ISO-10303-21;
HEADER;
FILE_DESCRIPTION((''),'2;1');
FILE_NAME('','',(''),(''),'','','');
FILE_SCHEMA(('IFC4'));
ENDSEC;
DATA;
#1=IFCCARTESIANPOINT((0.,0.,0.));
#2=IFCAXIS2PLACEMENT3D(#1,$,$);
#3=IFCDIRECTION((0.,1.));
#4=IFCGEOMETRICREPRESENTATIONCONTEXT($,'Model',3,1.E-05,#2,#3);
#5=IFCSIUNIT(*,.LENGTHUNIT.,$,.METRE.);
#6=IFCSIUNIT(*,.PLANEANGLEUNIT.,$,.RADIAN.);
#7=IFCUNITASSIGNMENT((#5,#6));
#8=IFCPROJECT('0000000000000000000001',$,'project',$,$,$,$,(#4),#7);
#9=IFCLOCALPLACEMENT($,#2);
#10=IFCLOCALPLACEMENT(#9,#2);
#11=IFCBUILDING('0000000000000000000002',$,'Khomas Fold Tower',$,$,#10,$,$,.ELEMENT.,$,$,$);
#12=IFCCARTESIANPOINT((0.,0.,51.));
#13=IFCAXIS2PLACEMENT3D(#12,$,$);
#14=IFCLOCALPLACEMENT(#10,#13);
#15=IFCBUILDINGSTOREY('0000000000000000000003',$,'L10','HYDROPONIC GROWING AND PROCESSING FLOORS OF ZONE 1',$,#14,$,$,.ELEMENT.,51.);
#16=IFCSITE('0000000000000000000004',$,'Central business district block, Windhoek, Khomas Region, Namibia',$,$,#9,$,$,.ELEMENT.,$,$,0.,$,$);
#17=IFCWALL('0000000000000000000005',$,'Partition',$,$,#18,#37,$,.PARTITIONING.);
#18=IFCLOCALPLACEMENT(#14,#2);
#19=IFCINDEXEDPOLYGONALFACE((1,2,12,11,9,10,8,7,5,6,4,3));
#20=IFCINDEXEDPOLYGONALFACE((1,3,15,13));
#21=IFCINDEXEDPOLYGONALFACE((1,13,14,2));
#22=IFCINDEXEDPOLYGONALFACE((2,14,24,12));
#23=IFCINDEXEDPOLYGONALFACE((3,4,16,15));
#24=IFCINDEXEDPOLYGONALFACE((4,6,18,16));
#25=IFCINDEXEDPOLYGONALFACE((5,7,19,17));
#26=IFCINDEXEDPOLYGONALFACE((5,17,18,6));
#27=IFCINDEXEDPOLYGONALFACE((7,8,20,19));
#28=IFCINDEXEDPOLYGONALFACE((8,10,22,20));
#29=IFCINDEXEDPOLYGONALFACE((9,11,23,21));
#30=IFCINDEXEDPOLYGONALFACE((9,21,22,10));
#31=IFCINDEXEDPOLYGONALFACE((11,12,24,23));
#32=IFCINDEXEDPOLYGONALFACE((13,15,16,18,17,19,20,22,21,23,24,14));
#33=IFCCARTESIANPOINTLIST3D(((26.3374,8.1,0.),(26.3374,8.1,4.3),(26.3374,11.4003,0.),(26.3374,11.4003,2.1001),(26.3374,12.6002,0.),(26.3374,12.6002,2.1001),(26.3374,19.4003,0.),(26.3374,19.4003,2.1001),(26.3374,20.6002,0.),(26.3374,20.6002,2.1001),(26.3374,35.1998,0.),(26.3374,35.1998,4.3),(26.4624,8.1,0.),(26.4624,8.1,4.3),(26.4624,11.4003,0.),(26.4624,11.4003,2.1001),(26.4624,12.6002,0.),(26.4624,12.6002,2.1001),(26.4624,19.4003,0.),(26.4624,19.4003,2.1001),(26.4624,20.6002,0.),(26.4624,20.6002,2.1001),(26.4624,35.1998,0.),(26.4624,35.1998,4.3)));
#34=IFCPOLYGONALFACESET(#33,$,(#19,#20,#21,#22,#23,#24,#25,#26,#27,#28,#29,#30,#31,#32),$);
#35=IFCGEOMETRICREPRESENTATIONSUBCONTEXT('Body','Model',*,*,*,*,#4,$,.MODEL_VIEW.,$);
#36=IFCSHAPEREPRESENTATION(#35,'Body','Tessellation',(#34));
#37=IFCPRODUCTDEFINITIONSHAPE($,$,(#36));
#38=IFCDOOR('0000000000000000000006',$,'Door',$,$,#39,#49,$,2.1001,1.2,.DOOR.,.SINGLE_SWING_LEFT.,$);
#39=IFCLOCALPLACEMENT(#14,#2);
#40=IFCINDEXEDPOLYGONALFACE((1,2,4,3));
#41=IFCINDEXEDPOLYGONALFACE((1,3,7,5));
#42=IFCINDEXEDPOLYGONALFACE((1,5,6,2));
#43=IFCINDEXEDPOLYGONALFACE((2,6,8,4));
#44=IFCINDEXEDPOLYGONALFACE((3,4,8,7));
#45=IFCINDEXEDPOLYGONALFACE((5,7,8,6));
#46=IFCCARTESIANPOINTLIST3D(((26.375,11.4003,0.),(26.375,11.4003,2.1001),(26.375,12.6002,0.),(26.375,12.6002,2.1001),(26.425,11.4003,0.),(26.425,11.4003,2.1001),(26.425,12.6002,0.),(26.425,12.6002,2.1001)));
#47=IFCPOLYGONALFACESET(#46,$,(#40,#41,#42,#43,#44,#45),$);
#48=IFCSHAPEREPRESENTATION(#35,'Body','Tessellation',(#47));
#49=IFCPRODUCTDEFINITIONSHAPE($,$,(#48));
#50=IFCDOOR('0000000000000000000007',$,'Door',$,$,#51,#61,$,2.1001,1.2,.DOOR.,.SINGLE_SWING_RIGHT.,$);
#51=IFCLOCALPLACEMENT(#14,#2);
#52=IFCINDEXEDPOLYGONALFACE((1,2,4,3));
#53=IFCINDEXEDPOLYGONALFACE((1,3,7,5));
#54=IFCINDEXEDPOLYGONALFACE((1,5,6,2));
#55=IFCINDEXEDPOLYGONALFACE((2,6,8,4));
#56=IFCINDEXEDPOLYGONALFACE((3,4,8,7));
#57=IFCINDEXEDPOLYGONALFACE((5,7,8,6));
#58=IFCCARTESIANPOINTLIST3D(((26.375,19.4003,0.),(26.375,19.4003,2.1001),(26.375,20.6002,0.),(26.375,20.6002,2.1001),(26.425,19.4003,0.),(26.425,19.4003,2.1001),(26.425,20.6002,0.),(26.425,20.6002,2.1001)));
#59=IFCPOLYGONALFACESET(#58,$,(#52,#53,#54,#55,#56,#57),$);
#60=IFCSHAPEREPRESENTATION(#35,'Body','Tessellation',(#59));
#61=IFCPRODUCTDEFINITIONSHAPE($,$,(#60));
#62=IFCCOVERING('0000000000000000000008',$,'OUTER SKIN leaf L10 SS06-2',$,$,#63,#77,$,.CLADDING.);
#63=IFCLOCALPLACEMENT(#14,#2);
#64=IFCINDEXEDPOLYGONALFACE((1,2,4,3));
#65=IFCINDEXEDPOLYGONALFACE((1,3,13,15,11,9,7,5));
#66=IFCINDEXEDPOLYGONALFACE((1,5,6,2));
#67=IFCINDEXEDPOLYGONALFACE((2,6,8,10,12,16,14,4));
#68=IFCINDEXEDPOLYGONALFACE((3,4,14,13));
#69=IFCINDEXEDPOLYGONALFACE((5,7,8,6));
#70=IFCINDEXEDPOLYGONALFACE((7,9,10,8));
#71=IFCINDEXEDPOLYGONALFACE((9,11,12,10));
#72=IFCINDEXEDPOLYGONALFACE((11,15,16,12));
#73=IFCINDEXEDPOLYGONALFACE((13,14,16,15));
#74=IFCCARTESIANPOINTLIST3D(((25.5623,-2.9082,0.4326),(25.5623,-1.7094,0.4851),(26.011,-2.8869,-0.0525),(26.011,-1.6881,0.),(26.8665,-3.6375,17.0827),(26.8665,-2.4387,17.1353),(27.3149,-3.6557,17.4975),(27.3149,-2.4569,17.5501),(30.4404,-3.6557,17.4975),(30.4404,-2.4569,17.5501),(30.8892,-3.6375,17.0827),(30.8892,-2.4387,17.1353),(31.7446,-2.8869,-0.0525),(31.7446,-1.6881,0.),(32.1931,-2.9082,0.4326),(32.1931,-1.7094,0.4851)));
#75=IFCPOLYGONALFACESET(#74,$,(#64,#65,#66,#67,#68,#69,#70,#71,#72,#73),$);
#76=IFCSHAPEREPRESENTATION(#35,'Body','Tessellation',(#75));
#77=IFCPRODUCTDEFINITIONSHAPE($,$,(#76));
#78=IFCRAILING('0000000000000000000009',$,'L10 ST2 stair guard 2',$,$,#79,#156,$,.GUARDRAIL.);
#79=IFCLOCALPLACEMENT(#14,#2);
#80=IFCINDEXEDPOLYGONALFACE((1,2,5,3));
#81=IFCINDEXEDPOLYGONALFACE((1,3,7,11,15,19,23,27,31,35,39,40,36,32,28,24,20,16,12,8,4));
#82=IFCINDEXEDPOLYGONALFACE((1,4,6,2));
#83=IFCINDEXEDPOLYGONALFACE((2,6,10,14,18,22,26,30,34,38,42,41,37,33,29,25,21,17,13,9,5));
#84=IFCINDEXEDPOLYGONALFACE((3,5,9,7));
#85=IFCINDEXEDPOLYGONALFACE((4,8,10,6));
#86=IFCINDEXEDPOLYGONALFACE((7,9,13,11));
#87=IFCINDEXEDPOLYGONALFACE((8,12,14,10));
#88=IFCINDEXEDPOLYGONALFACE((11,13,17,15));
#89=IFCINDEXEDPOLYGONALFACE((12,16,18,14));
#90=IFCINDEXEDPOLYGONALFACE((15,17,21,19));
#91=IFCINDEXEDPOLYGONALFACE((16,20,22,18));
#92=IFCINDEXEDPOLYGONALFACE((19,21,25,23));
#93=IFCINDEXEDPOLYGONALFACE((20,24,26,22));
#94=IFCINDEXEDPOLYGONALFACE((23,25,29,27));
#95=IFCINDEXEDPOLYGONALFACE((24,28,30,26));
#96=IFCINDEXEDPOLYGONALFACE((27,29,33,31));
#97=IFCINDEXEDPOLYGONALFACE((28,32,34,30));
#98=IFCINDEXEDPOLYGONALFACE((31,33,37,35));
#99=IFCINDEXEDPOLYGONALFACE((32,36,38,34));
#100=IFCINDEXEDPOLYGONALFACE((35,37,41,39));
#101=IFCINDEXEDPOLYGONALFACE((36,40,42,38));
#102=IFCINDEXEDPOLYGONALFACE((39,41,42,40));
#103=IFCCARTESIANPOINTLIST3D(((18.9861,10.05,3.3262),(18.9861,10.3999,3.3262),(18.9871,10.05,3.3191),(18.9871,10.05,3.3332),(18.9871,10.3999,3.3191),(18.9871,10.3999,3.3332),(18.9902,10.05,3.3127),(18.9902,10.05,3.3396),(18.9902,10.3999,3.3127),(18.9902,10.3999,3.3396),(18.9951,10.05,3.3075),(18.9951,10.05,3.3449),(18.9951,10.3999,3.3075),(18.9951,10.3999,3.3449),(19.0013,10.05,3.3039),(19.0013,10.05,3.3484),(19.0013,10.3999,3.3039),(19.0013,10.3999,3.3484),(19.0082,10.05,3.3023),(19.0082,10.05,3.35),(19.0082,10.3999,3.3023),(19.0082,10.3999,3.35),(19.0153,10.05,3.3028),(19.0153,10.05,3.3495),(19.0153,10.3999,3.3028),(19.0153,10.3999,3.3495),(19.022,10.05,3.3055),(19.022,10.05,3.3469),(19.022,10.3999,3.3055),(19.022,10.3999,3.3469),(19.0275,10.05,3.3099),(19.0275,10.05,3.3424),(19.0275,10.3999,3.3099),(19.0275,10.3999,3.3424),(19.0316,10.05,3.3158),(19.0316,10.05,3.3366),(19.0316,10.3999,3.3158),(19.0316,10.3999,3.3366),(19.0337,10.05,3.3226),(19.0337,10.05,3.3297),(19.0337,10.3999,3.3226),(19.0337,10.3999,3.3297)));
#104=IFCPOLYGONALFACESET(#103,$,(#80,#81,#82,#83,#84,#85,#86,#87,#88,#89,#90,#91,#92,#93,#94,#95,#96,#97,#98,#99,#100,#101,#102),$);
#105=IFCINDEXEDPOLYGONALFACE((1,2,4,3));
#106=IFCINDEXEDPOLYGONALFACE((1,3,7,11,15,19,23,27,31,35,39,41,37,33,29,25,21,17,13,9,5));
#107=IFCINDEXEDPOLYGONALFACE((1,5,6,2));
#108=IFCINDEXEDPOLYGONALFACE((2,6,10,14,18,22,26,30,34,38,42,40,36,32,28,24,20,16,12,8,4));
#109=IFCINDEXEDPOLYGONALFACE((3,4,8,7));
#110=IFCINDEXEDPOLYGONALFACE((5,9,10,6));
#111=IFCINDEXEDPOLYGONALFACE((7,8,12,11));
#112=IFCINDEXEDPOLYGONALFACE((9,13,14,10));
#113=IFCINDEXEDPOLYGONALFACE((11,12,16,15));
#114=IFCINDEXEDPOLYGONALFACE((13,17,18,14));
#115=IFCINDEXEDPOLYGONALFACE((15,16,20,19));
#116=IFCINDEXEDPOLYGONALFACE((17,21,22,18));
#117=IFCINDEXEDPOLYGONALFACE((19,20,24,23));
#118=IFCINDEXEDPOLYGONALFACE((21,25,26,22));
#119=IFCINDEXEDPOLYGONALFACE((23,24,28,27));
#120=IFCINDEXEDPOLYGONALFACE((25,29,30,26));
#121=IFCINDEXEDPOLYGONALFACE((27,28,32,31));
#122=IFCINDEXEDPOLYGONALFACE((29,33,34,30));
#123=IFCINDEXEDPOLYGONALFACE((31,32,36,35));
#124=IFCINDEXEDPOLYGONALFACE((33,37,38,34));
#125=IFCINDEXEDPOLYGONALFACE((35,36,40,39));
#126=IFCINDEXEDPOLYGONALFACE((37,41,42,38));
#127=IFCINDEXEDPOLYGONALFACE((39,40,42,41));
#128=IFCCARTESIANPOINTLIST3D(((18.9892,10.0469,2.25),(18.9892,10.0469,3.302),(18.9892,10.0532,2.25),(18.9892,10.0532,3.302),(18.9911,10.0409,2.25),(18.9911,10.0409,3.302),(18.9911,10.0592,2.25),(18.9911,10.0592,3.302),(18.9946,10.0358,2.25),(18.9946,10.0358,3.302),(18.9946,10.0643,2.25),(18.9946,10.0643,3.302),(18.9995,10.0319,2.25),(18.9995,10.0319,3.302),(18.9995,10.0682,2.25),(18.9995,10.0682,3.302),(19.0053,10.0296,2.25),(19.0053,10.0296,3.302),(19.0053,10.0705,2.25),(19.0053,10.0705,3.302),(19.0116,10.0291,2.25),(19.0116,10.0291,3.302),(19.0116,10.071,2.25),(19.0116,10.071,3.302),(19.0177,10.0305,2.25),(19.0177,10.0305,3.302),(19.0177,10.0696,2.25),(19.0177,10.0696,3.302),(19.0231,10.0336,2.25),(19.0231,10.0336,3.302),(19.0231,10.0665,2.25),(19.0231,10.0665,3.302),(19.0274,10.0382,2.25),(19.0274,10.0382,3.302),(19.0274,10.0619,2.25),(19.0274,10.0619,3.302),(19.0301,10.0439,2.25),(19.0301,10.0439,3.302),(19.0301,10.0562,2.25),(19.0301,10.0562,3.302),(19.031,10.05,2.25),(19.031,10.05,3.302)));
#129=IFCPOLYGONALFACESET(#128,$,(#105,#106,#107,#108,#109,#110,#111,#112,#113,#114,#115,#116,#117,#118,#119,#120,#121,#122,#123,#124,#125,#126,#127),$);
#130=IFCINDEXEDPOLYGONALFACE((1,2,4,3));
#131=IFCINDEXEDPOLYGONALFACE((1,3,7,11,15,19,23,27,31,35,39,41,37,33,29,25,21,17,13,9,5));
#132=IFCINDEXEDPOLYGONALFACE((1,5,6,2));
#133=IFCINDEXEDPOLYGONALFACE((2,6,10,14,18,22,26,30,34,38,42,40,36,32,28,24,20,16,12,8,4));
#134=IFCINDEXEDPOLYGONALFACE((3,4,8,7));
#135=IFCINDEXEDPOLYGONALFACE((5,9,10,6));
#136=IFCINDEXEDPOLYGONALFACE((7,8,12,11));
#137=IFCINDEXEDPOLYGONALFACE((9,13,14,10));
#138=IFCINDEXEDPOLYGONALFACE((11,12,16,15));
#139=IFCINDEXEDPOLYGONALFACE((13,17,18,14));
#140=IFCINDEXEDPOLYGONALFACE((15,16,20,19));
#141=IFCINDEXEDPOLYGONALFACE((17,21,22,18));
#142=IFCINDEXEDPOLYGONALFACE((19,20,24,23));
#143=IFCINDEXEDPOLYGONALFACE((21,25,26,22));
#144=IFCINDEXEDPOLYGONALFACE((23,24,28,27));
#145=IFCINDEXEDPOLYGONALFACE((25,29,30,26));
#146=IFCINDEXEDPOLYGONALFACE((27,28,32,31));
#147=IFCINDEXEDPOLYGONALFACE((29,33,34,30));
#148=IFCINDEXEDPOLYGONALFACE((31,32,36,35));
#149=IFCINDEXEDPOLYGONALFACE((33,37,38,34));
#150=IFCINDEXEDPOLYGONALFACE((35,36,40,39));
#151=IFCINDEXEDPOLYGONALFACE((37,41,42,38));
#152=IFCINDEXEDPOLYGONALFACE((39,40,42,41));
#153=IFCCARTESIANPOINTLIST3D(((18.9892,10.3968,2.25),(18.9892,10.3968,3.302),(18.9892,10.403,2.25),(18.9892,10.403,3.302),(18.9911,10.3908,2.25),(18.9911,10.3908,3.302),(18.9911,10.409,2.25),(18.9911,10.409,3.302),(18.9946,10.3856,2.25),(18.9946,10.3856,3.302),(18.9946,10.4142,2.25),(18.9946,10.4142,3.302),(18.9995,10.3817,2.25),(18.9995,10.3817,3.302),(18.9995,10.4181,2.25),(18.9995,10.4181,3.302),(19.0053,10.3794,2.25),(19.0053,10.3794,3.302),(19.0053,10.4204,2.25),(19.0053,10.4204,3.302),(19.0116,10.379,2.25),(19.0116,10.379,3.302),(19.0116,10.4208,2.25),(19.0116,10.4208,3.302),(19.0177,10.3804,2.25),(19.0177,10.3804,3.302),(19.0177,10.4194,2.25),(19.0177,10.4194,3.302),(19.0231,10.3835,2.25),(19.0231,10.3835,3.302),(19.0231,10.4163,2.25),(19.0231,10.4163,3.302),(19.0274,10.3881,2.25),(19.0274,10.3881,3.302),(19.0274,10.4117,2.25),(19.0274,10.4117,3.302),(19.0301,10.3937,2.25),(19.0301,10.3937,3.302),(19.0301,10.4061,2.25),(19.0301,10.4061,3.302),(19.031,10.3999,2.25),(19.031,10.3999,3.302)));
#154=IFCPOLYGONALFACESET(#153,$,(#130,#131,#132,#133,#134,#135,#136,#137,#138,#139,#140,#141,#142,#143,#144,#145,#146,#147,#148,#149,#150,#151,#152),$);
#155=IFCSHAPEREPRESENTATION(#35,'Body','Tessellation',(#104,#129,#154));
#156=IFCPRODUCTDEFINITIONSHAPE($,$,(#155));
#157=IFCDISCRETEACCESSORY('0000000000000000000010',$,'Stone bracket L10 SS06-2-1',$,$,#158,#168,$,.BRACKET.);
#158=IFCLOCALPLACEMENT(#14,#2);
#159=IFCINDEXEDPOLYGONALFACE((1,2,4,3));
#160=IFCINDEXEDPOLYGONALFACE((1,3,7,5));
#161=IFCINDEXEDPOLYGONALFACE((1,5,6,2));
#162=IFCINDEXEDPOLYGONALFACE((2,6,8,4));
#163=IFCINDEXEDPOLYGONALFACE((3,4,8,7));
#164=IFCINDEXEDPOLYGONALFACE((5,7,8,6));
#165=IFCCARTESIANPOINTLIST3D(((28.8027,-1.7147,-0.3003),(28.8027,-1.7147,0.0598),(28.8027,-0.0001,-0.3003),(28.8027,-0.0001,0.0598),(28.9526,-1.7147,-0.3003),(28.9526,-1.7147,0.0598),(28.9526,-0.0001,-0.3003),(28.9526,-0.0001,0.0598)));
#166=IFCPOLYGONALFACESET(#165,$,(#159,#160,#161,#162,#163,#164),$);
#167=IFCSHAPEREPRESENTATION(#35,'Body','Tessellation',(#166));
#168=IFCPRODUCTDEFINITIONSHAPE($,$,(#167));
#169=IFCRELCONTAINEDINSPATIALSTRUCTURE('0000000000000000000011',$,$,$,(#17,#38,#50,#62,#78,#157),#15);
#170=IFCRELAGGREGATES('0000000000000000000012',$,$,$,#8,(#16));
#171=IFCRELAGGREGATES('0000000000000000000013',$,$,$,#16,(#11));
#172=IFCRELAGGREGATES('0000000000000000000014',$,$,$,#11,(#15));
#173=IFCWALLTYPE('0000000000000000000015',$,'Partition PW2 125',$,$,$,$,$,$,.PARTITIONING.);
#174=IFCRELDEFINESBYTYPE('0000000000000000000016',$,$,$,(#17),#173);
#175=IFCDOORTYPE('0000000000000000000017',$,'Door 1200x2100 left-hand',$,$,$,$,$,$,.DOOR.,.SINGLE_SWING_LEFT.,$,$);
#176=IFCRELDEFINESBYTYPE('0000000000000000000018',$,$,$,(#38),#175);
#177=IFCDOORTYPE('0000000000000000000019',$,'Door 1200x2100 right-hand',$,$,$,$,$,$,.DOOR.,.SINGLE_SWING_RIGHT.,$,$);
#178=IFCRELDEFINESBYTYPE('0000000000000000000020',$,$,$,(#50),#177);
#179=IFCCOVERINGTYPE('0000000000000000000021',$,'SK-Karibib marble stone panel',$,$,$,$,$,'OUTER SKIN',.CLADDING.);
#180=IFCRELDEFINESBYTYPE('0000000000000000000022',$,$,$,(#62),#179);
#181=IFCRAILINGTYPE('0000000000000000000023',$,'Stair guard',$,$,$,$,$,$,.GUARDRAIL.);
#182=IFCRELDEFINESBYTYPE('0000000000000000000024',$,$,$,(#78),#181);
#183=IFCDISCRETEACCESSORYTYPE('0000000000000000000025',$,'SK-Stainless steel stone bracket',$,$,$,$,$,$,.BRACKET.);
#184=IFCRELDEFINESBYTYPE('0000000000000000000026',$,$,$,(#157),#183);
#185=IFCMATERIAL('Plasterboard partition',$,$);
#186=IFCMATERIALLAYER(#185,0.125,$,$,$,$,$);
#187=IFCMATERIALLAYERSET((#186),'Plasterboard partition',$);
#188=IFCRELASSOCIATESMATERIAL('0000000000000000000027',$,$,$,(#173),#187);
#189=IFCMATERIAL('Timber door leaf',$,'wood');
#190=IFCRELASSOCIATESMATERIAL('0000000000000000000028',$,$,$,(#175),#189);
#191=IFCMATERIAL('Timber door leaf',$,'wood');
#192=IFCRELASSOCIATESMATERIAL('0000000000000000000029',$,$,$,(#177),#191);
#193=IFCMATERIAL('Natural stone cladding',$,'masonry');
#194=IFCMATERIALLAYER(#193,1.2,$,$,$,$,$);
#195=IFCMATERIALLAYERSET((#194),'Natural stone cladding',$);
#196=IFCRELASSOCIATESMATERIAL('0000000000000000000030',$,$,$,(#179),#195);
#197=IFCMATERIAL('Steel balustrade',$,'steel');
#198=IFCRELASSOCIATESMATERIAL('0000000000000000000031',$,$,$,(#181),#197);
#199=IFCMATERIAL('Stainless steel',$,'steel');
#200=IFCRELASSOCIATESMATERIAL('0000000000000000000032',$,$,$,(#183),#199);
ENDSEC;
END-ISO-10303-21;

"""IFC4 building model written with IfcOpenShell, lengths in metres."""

from ifc_helpers import new_model, si_unit, direction, frame, frame_2d, origin, origin_2d, place, context, subcontext, project, spatial, polyline, rectangle, circle, outline, extrude, source, transform, mapped, material, layer, layer_set, type_object, element, fill, save


model = new_model("IFC4")

# Units and contexts
model_context = context("Model", 3, precision=1e-05, world=origin(), true_north=direction((0.0, 1.0)))
body_context = subcontext(model_context, "Body", "Model", "MODEL_VIEW")
ifc_project = project(units=[si_unit("LENGTHUNIT", "METRE"), si_unit("PLANEANGLEUNIT", "RADIAN")], contexts=[model_context])

# Site, building, storey
site_placement = place(None, origin())
site = spatial("IfcSite", under=ifc_project, at=site_placement, Name="Central business district block, Windhoek, Khomas Region, Namibia", CompositionType="ELEMENT", RefElevation=0.0)
building_placement = place(site_placement, origin())
building = spatial("IfcBuilding", under=site, at=building_placement, Name="Khomas Fold Tower", CompositionType="ELEMENT")
storey_placement = place(building_placement, frame((0.0, 0.0, 51.0)))
storey = spatial("IfcBuildingStorey", under=building, at=storey_placement, Name="L10", Description="HYDROPONIC GROWING AND PROCESSING FLOORS OF ZONE 1", CompositionType="ELEMENT", Elevation=51.0)

# Shared definitions
shared_shape_1 = source(origin(), body_context, "Body", "SweptSolid", [
    extrude(rectangle(XDim=1.2, YDim=2.1001, at=frame_2d((0.6001, 1.05))), frame((0.0, 0.0249, 0.0), z_axis=(0.0, -1.0, 0.0), x_axis=(1.0, 0.0, 0.0)), (0.0, 0.0, 1.0), 0.05),
])

# Wall, openings, doors
ifc_material_1 = material(Name="Plasterboard partition")
ifc_layer_1 = layer(ifc_material_1, 0.125)
ifc_layer_set_1 = layer_set([ifc_layer_1], Name="Plasterboard partition")
wall_type_1 = type_object("IfcWallType", Name="Partition PW2 125", PredefinedType="PARTITIONING", material=ifc_layer_set_1)
shared_shape_2 = source(origin(), body_context, "Body", "SweptSolid", [
    extrude(rectangle(XDim=27.0999, YDim=0.125, at=frame_2d((13.5498, 0.0))), origin(), (0.0, 0.0, 1.0), 4.3),
])
wall_1_placement = place(storey_placement, frame((26.3999, 8.1001, 0.0), z_axis=(0.0, 0.0, 1.0), x_axis=(0.0, 1.0, 0.0)))
wall_1 = element("IfcWall", 1, at=wall_1_placement, inside=storey, type_object=wall_type_1, Name="Partition", PredefinedType="PARTITIONING", context=body_context, shape_type="MappedRepresentation", body=[
    mapped(shared_shape_2, transform((0.0, 0.0, 0.0))),
])
shared_shape_3 = source(origin(), body_context, "Body", "SweptSolid", [
    extrude(rectangle(XDim=1.2, YDim=2.1001, at=frame_2d((0.6001, 1.05))), frame((0.0, 0.0725, 0.0), z_axis=(0.0, -1.0, 0.0), x_axis=(1.0, 0.0, 0.0)), (0.0, 0.0, 1.0), 0.145),
])
opening_1_placement = place(wall_1_placement, frame((3.3, 0.0, 0.0)))
opening_1 = element("IfcOpeningElement", 2, at=opening_1_placement, cuts=wall_1, PredefinedType="OPENING", context=body_context, shape_type="MappedRepresentation", body=[
    mapped(shared_shape_3, transform((0.0, 0.0, 0.0))),
])
opening_2_placement = place(wall_1_placement, frame((11.3, 0.0, 0.0)))
opening_2 = element("IfcOpeningElement", 3, at=opening_2_placement, cuts=wall_1, PredefinedType="OPENING", context=body_context, shape_type="MappedRepresentation", body=[
    mapped(shared_shape_3, transform((0.0, 0.0, 0.0))),
])
ifc_material_2 = material(Name="Timber door leaf", Category="wood")
door_type_1 = type_object("IfcDoorType", Name="Door 1200x2100 left-hand", OperationType="SINGLE_SWING_LEFT", PredefinedType="DOOR", material=ifc_material_2)
door_1_placement = place(opening_1_placement, origin())
door_1 = element("IfcDoor", 4, at=door_1_placement, inside=storey, type_object=door_type_1, Name="Door", OperationType="SINGLE_SWING_LEFT", OverallHeight=2.1001, OverallWidth=1.2, PredefinedType="DOOR", context=body_context, shape_type="MappedRepresentation", body=[
    mapped(shared_shape_1, transform((0.0, 0.0, 0.0))),
])
fill(opening_1, door_1)
ifc_material_3 = material(Name="Timber door leaf", Category="wood")
door_type_2 = type_object("IfcDoorType", Name="Door 1200x2100 right-hand", OperationType="SINGLE_SWING_RIGHT", PredefinedType="DOOR", material=ifc_material_3)
door_2_placement = place(opening_2_placement, origin())
door_2 = element("IfcDoor", 5, at=door_2_placement, inside=storey, type_object=door_type_2, Name="Door", OperationType="SINGLE_SWING_RIGHT", OverallHeight=2.1001, OverallWidth=1.2, PredefinedType="DOOR", context=body_context, shape_type="MappedRepresentation", body=[
    mapped(shared_shape_1, transform((0.0, 0.0, 0.0))),
])
fill(opening_2, door_2)

# Covering
ifc_material_4 = material(Name="Natural stone cladding", Category="masonry")
ifc_layer_2 = layer(ifc_material_4, 1.2)
ifc_layer_set_2 = layer_set([ifc_layer_2], Name="Natural stone cladding")
covering_type = type_object("IfcCoveringType", Name="SK-Karibib marble stone panel", ElementType="OUTER SKIN", PredefinedType="CLADDING", material=ifc_layer_set_2)
covering_placement = place(storey_placement, frame((30.8892, -2.4387, 17.1353), z_axis=(0.0, 0.999042, 0.043761), x_axis=(0.078002, 0.043628, -0.995998)))
element("IfcCovering", 6, at=covering_placement, inside=storey, type_object=covering_type, Name="OUTER SKIN leaf L10 SS06-2", PredefinedType="CLADDING", context=body_context, shape_type="SweptSolid", body=[
    extrude(outline(polyline([(0.0, 0.0), (16.717, 0.0), (17.1662, 0.485), (16.7189, 6.2012), (16.1998, 6.6107), (-0.3138, 4.0104), (-0.6927, 3.5309), (-0.4489, 0.415), (0.0, 0.0)])), origin(), (0.0, 0.0, -1.0), 1.2),
])

# Railing
ifc_material_5 = material(Name="Steel balustrade", Category="steel")
railing_type = type_object("IfcRailingType", Name="Stair guard", PredefinedType="GUARDRAIL", material=ifc_material_5)
shared_shape_4 = source(origin(), body_context, "Body", "SweptSolid", [
    extrude(circle(Radius=0.0239, at=origin_2d()), frame((0.0, 0.0, 1.0762), z_axis=(0.0, 1.0, 0.0), x_axis=(-1.0, 0.0, 0.0)), (0.0, 0.0, 1.0), 0.3499),
    extrude(circle(Radius=0.021, at=origin_2d()), origin(), (0.0, 0.0, 1.0), 1.052),
    extrude(circle(Radius=0.021, at=origin_2d()), frame((0.0, 0.3499, 0.0)), (0.0, 0.0, 1.0), 1.052),
])
railing_placement = place(storey_placement, frame((19.01, 10.05, 2.25)))
element("IfcRailing", 7, at=railing_placement, inside=storey, type_object=railing_type, Name="L10 ST2 stair guard 2", PredefinedType="GUARDRAIL", context=body_context, shape_type="MappedRepresentation", body=[
    mapped(shared_shape_4, transform((0.0, 0.0, 0.0))),
])

# Discrete accessory
ifc_material_6 = material(Name="Stainless steel", Category="steel")
discrete_accessory_type = type_object("IfcDiscreteAccessoryType", Name="SK-Stainless steel stone bracket", PredefinedType="BRACKET", material=ifc_material_6)
shared_shape_5 = source(origin(), body_context, "Body", "SweptSolid", [
    extrude(rectangle(XDim=1.7146, YDim=0.1499, at=origin_2d()), origin(), (0.0, 0.0, 1.0), 0.3601),
])
discrete_accessory_placement = place(storey_placement, frame((28.8777, -0.8574, -0.3003), z_axis=(0.0, 0.0, 1.0), x_axis=(0.0, -1.0, 0.0)))
element("IfcDiscreteAccessory", 8, at=discrete_accessory_placement, inside=storey, type_object=discrete_accessory_type, Name="Stone bracket L10 SS06-2-1", PredefinedType="BRACKET", context=body_context, shape_type="MappedRepresentation", body=[
    mapped(shared_shape_5, transform((0.0, 0.0, 0.0))),
])

save(model, "model.ifc")
